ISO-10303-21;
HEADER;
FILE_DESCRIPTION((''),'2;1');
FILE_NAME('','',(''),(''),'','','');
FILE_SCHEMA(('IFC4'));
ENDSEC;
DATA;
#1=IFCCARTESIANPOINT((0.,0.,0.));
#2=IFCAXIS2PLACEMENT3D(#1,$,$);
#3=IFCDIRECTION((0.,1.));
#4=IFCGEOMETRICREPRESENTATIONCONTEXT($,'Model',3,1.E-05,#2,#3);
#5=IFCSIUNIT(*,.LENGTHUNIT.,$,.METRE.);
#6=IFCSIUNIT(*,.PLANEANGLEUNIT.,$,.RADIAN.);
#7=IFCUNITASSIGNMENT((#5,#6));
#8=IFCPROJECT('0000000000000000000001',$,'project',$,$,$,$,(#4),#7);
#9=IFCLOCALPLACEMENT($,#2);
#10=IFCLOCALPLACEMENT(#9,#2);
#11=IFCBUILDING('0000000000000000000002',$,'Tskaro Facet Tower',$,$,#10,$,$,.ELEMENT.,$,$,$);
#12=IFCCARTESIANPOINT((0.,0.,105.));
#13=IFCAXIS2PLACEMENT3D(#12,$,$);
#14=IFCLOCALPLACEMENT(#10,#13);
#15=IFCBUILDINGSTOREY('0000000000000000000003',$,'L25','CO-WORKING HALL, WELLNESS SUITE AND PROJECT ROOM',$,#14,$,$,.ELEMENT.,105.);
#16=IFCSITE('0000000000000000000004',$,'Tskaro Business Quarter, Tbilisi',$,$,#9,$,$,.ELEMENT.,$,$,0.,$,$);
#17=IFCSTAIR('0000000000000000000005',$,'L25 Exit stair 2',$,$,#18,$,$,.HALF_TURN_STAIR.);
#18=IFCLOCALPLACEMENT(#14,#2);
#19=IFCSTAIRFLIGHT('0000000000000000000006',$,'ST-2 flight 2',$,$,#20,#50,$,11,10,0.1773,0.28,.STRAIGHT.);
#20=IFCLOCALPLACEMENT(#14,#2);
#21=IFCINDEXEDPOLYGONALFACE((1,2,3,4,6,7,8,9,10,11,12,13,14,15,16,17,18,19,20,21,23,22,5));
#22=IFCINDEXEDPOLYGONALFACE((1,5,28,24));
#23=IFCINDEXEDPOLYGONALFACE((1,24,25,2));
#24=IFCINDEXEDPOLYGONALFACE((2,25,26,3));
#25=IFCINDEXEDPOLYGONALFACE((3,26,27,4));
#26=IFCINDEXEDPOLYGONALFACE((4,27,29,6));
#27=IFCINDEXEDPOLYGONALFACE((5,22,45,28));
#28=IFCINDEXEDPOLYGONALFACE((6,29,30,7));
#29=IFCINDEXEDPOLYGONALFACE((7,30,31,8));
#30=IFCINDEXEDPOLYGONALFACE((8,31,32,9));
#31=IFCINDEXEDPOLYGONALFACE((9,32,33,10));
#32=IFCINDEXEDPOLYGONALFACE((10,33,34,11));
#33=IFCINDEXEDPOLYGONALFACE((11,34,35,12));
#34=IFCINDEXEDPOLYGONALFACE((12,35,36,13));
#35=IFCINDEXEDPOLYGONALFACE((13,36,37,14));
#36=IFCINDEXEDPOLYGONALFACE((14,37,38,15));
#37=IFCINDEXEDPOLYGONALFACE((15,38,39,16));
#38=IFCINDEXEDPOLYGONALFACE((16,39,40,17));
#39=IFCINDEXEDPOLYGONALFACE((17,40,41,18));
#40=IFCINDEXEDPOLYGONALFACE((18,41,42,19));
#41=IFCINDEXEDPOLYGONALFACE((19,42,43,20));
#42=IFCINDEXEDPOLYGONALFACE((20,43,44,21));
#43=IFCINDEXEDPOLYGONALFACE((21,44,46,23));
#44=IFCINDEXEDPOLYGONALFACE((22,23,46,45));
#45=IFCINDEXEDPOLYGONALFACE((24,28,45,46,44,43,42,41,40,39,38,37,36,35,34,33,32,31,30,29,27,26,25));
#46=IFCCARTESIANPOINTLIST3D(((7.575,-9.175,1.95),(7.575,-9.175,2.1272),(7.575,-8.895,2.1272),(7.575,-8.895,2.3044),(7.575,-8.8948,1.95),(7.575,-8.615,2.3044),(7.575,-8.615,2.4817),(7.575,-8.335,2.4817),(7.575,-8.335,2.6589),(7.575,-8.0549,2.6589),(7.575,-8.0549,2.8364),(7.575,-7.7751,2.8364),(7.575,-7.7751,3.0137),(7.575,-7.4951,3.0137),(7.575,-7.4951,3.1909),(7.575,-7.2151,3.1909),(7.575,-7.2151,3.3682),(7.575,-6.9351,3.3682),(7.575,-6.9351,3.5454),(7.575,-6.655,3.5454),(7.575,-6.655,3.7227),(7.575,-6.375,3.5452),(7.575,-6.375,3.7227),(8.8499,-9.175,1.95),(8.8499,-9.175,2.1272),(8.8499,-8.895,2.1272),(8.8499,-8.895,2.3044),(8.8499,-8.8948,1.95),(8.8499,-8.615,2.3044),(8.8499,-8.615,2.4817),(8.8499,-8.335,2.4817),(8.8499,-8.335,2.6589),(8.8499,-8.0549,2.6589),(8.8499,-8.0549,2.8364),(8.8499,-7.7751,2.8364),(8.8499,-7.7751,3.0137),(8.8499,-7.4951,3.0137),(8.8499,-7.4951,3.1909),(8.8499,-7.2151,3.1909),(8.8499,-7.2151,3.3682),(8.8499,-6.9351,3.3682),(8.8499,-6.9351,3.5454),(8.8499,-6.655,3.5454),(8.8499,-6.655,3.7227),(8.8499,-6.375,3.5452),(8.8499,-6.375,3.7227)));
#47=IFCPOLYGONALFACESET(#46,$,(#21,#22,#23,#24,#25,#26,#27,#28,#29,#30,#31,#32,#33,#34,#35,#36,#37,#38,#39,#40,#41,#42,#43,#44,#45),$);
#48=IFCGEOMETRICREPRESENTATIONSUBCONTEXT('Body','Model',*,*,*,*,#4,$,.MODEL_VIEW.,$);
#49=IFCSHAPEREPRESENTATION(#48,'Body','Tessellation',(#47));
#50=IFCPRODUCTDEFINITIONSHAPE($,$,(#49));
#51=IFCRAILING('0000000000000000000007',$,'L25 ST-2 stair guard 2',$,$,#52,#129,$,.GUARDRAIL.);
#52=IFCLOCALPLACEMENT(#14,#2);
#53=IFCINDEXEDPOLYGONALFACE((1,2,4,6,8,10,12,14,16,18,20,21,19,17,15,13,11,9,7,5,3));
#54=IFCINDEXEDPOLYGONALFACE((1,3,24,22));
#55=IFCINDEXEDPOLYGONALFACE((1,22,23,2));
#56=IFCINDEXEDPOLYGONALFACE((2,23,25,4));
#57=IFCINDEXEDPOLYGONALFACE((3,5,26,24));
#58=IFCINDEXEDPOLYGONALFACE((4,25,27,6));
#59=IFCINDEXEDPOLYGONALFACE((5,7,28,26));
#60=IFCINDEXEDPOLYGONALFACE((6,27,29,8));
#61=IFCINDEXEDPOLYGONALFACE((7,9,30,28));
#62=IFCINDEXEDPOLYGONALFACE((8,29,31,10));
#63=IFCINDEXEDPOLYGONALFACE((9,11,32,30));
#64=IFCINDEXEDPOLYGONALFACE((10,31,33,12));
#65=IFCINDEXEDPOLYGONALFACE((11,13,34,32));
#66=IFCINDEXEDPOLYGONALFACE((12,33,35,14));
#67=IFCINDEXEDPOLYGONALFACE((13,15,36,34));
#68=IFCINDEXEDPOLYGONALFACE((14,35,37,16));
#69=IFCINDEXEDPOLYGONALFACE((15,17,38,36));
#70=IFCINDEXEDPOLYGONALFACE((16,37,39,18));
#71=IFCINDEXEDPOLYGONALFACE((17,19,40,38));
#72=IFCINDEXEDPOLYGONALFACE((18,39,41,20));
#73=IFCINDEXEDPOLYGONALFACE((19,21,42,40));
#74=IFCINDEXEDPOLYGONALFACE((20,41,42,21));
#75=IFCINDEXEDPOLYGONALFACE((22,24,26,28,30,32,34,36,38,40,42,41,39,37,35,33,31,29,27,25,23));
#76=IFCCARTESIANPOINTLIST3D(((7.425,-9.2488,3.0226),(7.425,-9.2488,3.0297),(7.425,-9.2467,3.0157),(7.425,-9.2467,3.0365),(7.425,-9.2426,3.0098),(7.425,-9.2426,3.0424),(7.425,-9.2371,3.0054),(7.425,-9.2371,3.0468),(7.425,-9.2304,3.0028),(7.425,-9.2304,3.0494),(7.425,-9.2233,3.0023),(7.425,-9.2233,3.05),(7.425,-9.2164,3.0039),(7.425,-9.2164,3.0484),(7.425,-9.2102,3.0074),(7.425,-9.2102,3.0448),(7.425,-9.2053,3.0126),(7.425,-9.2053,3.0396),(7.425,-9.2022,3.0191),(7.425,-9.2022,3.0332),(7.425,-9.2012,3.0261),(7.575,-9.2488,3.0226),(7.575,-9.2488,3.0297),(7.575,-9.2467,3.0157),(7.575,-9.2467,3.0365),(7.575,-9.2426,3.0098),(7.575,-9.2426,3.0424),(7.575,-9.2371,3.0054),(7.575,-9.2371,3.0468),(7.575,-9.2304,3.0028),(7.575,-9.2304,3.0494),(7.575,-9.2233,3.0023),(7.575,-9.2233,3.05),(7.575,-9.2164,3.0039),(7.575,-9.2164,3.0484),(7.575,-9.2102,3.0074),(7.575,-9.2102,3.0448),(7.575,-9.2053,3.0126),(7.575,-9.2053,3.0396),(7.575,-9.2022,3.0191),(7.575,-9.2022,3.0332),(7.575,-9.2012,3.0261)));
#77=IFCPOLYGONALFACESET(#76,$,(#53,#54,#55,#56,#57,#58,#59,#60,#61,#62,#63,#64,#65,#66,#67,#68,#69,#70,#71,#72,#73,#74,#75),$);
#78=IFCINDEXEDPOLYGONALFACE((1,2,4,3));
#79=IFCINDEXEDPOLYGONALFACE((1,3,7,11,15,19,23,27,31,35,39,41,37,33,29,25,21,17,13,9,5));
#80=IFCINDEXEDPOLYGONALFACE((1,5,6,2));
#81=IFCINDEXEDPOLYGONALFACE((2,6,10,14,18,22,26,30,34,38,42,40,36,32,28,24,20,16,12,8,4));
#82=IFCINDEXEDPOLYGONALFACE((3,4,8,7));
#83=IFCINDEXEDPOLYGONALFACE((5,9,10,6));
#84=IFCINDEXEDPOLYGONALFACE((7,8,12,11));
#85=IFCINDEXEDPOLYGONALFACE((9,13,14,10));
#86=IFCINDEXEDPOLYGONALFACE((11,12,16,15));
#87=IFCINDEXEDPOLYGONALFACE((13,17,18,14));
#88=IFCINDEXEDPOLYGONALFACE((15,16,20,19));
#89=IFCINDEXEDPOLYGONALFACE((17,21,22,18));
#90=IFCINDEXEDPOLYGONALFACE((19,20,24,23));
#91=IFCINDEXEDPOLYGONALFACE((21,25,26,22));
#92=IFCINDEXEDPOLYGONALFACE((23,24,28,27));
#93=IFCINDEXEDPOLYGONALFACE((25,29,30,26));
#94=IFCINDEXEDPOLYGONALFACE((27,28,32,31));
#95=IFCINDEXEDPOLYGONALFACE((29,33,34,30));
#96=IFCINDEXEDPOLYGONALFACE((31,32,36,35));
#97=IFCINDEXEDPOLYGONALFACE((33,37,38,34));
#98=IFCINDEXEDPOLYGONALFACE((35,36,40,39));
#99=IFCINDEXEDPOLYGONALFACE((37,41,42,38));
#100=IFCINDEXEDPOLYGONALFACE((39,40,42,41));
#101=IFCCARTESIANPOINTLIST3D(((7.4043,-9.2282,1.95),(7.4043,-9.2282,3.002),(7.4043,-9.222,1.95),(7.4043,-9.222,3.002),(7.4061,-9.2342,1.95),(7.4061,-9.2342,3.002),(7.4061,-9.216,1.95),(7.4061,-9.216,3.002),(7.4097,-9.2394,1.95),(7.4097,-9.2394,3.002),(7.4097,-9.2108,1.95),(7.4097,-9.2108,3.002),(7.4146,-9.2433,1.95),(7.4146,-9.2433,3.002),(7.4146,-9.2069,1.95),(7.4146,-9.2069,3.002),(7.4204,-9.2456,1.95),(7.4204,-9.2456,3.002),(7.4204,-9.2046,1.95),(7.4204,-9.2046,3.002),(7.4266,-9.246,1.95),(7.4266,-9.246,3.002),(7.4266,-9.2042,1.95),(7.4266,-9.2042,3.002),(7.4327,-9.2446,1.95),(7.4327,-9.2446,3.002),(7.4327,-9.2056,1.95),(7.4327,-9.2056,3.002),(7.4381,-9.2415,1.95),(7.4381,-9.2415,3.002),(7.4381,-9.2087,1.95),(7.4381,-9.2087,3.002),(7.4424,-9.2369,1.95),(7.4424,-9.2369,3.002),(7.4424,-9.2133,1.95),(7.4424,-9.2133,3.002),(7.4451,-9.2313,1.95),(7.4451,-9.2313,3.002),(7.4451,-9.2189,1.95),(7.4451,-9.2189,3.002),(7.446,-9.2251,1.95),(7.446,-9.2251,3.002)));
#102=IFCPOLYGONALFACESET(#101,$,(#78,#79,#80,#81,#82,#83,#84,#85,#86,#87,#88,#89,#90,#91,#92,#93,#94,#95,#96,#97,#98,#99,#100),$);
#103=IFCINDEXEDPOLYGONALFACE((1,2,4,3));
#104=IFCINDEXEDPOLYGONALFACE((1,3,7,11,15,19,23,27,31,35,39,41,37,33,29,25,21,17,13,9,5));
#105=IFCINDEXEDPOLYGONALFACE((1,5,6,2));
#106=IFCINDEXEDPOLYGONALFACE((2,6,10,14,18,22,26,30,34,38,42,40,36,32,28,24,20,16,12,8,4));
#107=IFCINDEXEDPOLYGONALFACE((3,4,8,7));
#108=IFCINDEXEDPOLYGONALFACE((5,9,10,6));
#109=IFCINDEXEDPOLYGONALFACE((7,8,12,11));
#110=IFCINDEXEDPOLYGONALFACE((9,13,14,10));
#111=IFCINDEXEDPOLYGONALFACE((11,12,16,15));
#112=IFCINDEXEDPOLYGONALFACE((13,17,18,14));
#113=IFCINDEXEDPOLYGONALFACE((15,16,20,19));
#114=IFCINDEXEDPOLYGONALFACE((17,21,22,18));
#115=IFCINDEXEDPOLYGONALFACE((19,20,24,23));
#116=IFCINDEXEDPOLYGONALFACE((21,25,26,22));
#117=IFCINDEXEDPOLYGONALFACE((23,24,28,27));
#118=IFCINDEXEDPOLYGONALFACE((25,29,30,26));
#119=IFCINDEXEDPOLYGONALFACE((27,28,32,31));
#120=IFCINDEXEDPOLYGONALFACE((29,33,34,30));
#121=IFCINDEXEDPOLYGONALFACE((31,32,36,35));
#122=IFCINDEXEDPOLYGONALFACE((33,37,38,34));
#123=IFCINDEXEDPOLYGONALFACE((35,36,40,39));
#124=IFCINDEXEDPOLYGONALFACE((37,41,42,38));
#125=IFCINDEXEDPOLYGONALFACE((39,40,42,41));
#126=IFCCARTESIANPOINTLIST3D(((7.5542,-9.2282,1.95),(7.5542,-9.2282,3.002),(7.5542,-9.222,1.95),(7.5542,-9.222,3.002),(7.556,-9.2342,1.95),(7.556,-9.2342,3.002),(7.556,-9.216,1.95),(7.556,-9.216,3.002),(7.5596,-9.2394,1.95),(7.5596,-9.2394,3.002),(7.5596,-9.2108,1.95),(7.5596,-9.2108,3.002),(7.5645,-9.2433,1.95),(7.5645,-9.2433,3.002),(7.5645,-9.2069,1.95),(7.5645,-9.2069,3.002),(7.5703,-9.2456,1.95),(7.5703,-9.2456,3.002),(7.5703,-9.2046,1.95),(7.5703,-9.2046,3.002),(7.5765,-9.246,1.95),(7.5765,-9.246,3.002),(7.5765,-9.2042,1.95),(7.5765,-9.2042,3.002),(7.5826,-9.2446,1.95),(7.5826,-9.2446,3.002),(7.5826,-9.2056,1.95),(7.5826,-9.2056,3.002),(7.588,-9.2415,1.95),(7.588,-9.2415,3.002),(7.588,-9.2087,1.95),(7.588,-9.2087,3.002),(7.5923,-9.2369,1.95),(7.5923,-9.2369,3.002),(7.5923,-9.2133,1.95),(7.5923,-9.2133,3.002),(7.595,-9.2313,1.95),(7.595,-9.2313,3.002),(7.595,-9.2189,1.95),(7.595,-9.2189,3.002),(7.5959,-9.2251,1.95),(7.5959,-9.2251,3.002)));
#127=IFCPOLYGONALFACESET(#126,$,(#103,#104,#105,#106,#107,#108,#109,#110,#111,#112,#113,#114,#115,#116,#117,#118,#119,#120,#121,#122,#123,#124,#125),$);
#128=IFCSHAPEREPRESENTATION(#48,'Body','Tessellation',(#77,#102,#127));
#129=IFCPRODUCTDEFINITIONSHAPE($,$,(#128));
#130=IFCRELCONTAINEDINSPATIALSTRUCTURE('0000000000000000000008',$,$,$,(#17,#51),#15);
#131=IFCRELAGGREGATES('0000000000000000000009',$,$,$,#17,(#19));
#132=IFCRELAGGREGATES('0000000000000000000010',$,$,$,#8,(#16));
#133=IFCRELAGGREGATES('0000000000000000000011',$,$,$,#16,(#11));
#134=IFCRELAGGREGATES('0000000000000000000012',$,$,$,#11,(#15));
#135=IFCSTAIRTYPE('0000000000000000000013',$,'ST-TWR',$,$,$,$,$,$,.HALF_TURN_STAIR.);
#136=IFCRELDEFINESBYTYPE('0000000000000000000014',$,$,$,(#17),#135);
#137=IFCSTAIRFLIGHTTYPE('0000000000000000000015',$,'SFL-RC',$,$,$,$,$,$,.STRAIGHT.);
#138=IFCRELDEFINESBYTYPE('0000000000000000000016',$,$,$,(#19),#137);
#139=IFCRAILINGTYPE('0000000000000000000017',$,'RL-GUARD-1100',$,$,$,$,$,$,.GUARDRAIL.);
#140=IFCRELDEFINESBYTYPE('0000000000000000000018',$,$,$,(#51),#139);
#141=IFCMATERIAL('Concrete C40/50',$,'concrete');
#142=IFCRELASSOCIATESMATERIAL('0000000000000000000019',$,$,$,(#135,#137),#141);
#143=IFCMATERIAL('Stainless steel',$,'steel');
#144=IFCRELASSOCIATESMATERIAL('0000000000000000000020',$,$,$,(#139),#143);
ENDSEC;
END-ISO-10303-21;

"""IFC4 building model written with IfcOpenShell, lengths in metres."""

from ifc_helpers import new_model, si_unit, direction, frame, origin, origin_2d, place, context, subcontext, project, spatial, polyline, circle, outline, extrude, material, type_object, element, aggregate, save


model = new_model("IFC4")

# Units and contexts
model_context = context("Model", 3, precision=1e-05, world=origin(), true_north=direction((0.0, 1.0)))
body_context = subcontext(model_context, "Body", "Model", "MODEL_VIEW")
ifc_project = project(units=[si_unit("LENGTHUNIT", "METRE"), si_unit("PLANEANGLEUNIT", "RADIAN")], contexts=[model_context])

# Site, building, storey
site_placement = place(None, origin())
site = spatial("IfcSite", under=ifc_project, at=site_placement, Name="Tskaro Business Quarter, Tbilisi", CompositionType="ELEMENT", RefElevation=0.0)
building_placement = place(site_placement, origin())
building = spatial("IfcBuilding", under=site, at=building_placement, Name="Tskaro Facet Tower", CompositionType="ELEMENT")
storey_placement = place(building_placement, frame((0.0, 0.0, 105.0)))
storey = spatial("IfcBuildingStorey", under=building, at=storey_placement, Name="L25", Description="CO-WORKING HALL, WELLNESS SUITE AND PROJECT ROOM", CompositionType="ELEMENT", Elevation=105.0)

# Shared definitions
ifc_material_1 = material(Name="Concrete C40/50", Category="concrete")

# Stair, stair flight
stair_type = type_object("IfcStairType", Name="ST-TWR", PredefinedType="HALF_TURN_STAIR", material=ifc_material_1)
stair_placement = place(storey_placement, origin())
stair = element("IfcStair", 1, at=stair_placement, inside=storey, type_object=stair_type, Name="L25 Exit stair 2", PredefinedType="HALF_TURN_STAIR")
stair_flight_type = type_object("IfcStairFlightType", Name="SFL-RC", PredefinedType="STRAIGHT", material=ifc_material_1)
stair_flight_placement = place(storey_placement, frame((8.2124, -9.175, 1.95), z_axis=(0.0, 0.0, 1.0), x_axis=(0.0, 1.0, 0.0)))
stair_flight = element("IfcStairFlight", 2, at=stair_flight_placement, type_object=stair_flight_type, Name="ST-2 flight 2", NumberOfRisers=11, NumberOfTreads=10, PredefinedType="STRAIGHT", RiserHeight=0.1773, TreadLength=0.28, context=body_context, shape_type="SweptSolid", body=[
    extrude(outline(polyline([(0.0, 0.0), (0.0, 0.1772), (0.28, 0.1772), (0.28, 0.3545), (0.5601, 0.3545), (0.5601, 0.5317), (0.8401, 0.5317), (0.8401, 0.709), (1.1201, 0.709), (1.1201, 0.8865), (1.3999, 0.8865), (1.3999, 1.0637), (1.6799, 1.0637), (1.6799, 1.241), (1.96, 1.241), (1.96, 1.4182), (2.24, 1.4182), (2.24, 1.5955), (2.52, 1.5955), (2.52, 1.7727), (2.8, 1.7727), (2.8, 1.95), (2.8, 1.5952), (0.2803, 0.0), (0.0, 0.0)])), frame((0.0, 0.6375, 0.0), z_axis=(0.0, -1.0, 0.0), x_axis=(1.0, 0.0, 0.0)), (0.0, 0.0, 1.0), 1.2749),
])
aggregate(stair, [stair_flight])

# Railing
ifc_material_2 = material(Name="Stainless steel", Category="steel")
railing_type_1 = type_object("IfcRailingType", Name="RL-GUARD-1100", PredefinedType="GUARDRAIL", material=ifc_material_2)
railing_1_placement = place(storey_placement, frame((7.425, -9.2251, 1.95)))
element("IfcRailing", 3, at=railing_1_placement, inside=storey, type_object=railing_type_1, Name="L25 ST-2 stair guard 2", PredefinedType="GUARDRAIL", context=body_context, shape_type="SweptSolid", body=[
    extrude(circle(Radius=0.0239, at=origin_2d()), frame((0.0, 0.0, 1.0762), z_axis=(1.0, 0.0, 0.0), x_axis=(0.0, 1.0, 0.0)), (0.0, 0.0, 1.0), 0.1499),
    extrude(circle(Radius=0.021, at=origin_2d()), origin(), (0.0, 0.0, 1.0), 1.052),
    extrude(circle(Radius=0.021, at=origin_2d()), frame((0.1499, 0.0, 0.0)), (0.0, 0.0, 1.0), 1.052),
])

save(model, "model.ifc")
